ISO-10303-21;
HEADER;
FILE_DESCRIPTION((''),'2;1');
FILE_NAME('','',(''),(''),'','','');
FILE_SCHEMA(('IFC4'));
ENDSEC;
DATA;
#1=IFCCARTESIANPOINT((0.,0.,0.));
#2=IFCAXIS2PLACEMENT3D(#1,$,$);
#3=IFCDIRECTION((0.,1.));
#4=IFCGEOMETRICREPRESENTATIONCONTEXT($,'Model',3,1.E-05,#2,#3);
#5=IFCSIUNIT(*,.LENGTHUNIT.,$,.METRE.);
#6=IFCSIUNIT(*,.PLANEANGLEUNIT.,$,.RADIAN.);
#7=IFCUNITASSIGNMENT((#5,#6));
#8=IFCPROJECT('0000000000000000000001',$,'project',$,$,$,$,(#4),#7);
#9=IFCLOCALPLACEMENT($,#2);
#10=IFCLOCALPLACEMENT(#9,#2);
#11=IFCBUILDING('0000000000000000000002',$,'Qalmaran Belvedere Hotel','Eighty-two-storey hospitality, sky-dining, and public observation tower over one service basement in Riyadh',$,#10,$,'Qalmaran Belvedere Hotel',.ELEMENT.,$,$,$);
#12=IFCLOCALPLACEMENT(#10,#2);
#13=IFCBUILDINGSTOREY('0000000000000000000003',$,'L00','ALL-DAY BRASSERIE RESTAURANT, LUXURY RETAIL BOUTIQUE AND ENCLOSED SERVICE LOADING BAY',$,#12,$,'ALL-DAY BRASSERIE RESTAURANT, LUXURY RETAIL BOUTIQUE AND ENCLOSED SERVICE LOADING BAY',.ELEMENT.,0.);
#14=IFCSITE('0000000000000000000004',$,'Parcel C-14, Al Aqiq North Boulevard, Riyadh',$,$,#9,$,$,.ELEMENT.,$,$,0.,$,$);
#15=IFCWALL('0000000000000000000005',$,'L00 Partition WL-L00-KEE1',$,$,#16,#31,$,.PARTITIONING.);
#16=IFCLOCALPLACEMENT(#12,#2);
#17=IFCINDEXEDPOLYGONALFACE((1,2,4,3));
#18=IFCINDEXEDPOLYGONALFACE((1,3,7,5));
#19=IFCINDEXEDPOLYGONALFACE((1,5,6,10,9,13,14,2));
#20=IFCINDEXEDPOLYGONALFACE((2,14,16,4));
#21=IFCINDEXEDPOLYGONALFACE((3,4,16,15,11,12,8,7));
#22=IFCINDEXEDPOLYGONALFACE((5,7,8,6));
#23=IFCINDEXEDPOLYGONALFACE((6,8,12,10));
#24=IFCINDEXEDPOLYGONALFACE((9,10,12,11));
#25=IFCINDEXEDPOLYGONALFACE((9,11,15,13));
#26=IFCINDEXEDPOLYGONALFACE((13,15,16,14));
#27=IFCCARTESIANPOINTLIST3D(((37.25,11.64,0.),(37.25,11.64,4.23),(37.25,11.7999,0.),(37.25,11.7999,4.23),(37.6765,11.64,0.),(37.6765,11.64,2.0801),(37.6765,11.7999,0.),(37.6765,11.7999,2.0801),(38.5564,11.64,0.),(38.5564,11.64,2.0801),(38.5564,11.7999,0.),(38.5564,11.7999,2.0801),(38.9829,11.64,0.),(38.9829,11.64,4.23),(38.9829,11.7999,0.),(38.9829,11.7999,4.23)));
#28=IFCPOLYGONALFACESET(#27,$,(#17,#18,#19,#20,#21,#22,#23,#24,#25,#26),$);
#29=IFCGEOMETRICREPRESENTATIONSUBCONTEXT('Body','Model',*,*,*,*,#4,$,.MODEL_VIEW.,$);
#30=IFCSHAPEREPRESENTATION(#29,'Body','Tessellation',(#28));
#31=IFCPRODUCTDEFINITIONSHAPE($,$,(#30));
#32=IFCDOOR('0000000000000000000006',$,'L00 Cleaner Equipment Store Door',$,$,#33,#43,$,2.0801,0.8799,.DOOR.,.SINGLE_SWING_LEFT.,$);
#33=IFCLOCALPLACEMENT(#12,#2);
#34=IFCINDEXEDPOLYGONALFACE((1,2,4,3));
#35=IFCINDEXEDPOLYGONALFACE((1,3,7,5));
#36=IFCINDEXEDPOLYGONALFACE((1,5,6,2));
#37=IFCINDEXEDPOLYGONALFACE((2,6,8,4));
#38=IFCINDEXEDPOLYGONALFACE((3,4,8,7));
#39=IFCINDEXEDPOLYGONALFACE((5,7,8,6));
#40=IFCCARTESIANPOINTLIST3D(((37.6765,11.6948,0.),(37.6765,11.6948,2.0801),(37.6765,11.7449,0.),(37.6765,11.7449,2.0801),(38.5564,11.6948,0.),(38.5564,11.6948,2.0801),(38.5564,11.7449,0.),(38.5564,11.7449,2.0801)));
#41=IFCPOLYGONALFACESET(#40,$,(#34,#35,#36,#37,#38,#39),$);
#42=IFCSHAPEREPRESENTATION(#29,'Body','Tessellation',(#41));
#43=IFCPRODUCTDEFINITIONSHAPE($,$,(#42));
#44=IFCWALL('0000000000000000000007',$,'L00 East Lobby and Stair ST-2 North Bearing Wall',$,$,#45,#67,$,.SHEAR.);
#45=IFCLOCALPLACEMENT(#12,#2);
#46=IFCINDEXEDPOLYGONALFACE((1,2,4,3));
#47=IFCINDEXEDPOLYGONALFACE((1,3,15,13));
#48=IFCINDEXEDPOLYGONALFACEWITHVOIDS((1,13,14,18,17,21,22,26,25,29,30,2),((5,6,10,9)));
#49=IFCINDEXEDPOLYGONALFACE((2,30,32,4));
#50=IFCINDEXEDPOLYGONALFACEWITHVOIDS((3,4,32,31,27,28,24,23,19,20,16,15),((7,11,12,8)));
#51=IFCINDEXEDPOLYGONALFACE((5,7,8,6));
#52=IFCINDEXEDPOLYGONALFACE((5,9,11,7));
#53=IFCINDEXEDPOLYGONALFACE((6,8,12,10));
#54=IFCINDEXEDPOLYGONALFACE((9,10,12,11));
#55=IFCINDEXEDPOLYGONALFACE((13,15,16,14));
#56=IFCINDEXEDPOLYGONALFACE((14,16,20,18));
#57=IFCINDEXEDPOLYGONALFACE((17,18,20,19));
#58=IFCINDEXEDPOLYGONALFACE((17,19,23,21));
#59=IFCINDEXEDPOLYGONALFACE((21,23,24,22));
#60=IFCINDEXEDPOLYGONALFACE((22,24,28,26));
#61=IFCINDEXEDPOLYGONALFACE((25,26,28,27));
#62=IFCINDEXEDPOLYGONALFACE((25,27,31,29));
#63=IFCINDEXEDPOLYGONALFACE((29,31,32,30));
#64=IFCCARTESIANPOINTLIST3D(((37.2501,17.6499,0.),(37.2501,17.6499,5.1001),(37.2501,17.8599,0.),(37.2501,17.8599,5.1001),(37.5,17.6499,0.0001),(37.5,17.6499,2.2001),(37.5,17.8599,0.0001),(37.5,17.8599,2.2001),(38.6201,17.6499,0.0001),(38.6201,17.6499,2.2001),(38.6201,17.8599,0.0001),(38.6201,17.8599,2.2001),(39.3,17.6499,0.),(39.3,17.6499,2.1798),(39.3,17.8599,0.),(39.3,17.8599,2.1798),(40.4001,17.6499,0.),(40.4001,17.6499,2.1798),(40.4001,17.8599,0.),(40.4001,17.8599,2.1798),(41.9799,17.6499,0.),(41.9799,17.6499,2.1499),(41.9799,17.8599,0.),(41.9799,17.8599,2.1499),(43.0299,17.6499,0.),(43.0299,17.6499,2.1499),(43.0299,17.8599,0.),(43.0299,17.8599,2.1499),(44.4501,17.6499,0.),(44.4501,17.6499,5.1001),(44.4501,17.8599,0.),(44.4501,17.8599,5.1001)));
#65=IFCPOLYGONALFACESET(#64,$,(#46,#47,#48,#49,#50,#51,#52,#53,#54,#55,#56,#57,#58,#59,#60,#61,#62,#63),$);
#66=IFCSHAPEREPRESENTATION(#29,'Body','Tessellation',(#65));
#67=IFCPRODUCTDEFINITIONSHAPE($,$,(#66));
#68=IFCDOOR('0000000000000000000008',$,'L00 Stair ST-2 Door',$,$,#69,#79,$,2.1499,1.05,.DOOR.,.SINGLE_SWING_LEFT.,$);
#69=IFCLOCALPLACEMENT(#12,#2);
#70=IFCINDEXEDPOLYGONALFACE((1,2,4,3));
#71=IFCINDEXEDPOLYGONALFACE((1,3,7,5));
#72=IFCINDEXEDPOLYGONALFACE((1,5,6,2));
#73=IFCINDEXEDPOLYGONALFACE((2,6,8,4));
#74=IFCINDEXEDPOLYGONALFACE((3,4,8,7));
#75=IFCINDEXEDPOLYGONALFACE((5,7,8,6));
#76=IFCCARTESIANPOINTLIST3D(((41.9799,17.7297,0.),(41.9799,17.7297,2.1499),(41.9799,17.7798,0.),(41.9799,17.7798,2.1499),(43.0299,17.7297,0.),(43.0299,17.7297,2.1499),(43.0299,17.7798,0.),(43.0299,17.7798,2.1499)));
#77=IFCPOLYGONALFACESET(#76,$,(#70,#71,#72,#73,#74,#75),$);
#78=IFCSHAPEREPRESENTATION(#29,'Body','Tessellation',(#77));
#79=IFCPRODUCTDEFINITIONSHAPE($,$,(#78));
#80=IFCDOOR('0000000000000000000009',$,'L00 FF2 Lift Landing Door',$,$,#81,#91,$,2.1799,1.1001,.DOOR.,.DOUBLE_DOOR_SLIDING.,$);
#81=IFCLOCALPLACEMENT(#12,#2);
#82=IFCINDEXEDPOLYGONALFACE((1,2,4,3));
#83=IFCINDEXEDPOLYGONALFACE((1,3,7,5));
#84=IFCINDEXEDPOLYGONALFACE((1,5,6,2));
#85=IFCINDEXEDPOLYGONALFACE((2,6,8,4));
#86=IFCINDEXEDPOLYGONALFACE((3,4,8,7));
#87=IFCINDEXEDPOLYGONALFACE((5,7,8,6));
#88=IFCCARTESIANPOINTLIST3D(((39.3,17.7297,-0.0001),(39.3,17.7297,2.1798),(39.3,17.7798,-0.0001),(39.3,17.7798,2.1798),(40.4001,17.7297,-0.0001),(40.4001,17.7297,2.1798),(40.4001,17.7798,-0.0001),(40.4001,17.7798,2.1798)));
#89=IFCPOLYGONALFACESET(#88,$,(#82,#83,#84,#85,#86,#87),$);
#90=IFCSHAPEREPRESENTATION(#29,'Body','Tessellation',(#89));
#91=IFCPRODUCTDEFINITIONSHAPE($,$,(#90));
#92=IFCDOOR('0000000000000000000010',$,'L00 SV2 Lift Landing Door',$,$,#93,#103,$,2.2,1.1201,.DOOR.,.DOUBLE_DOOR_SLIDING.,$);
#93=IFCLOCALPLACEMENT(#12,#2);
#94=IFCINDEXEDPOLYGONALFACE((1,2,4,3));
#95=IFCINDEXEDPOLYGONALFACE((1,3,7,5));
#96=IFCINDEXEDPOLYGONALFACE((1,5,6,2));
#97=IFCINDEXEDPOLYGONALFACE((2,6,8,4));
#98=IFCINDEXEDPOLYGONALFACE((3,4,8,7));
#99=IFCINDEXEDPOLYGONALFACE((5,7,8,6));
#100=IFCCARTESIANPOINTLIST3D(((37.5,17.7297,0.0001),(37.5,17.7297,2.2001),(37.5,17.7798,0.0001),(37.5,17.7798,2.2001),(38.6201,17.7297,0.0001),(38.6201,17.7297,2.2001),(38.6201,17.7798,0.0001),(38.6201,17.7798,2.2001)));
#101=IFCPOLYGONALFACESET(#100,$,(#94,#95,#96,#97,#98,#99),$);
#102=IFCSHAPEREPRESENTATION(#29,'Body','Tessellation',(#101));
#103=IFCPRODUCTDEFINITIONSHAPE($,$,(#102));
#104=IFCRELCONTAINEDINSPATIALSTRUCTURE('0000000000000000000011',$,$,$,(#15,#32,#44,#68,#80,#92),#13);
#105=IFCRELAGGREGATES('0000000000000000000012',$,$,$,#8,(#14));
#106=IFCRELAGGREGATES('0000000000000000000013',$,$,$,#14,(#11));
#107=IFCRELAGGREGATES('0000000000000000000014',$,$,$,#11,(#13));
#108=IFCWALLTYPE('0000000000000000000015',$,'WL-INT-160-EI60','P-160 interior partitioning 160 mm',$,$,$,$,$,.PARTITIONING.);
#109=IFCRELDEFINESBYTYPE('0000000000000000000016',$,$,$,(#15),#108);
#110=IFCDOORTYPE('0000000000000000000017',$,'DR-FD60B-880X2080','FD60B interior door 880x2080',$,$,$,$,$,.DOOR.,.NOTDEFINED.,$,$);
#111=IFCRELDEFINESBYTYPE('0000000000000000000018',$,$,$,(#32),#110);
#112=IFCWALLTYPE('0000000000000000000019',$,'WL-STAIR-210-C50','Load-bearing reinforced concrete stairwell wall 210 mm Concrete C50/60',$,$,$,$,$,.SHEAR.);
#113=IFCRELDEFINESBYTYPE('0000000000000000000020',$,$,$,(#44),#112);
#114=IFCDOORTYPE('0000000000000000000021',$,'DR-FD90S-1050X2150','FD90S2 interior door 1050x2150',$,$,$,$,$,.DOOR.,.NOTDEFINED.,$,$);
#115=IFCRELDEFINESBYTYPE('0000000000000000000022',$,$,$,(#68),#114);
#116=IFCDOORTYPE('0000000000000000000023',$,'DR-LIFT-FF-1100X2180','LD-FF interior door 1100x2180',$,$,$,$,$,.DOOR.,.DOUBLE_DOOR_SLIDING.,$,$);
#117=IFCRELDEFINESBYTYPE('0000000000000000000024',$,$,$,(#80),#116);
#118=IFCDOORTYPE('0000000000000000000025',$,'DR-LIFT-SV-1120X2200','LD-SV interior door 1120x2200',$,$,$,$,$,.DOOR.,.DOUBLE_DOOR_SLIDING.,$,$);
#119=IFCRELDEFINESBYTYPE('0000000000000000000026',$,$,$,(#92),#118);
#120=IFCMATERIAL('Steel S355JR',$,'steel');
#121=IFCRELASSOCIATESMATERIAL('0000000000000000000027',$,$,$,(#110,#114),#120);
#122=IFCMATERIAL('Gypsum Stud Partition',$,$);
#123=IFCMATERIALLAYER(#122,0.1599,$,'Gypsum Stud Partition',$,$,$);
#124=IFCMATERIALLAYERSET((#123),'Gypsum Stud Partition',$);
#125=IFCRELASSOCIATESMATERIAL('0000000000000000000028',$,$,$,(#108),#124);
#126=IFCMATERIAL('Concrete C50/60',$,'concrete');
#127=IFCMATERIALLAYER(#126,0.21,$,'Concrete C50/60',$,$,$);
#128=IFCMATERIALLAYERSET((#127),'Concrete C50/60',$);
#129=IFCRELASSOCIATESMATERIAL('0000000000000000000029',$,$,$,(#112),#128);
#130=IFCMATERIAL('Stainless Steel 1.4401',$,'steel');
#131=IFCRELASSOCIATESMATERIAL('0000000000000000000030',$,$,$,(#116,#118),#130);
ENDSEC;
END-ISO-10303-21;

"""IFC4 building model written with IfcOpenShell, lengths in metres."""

from ifc_helpers import new_model, si_unit, direction, frame, frame_2d, origin, place, context, subcontext, project, spatial, rectangle, extrude, material, layer, layer_set, type_object, element, fill, save


model = new_model("IFC4")

# Units and contexts
model_context = context("Model", 3, precision=1e-05, world=origin(), true_north=direction((0.0, 1.0)))
body_context = subcontext(model_context, "Body", "Model", "MODEL_VIEW")
ifc_project = project(units=[si_unit("LENGTHUNIT", "METRE"), si_unit("PLANEANGLEUNIT", "RADIAN")], contexts=[model_context])

# Site, building, storey
site_placement = place(None, origin())
site = spatial("IfcSite", under=ifc_project, at=site_placement, Name="Parcel C-14, Al Aqiq North Boulevard, Riyadh", CompositionType="ELEMENT", RefElevation=0.0)
building_placement = place(site_placement, origin())
building = spatial("IfcBuilding", under=site, at=building_placement, Name="Qalmaran Belvedere Hotel", Description="Eighty-two-storey hospitality, sky-dining, and public observation tower over one service basement in Riyadh", LongName="Qalmaran Belvedere Hotel", CompositionType="ELEMENT")
storey_placement = place(building_placement, origin())
storey = spatial("IfcBuildingStorey", under=building, at=storey_placement, Name="L00", Description="ALL-DAY BRASSERIE RESTAURANT, LUXURY RETAIL BOUTIQUE AND ENCLOSED SERVICE LOADING BAY", LongName="ALL-DAY BRASSERIE RESTAURANT, LUXURY RETAIL BOUTIQUE AND ENCLOSED SERVICE LOADING BAY", CompositionType="ELEMENT", Elevation=0.0)

# Shared definitions
ifc_material_1 = material(Name="Gypsum Stud Partition")

# Shared definitions
ifc_material_2 = material(Name="Steel S355JR", Category="steel")
door_type_1 = type_object("IfcDoorType", Name="DR-FD60B-880X2080", Description="FD60B interior door 880x2080", OperationType="NOTDEFINED", PredefinedType="DOOR", material=ifc_material_2)
ifc_material_3 = material(Name="Stainless Steel 1.4401", Category="steel")

# Wall, opening, door
ifc_layer_1 = layer(ifc_material_1, 0.1599, Name="Gypsum Stud Partition")
ifc_layer_set_1 = layer_set([ifc_layer_1], Name="Gypsum Stud Partition")
wall_type_1 = type_object("IfcWallType", Name="WL-INT-160-EI60", Description="P-160 interior partitioning 160 mm", PredefinedType="PARTITIONING", material=ifc_layer_set_1)
wall_1_placement = place(storey_placement, frame((37.25, 11.72, 0.0), z_axis=(0.0, 0.0, 1.0), x_axis=(1.0, 0.0, 0.0)))
wall_1 = element("IfcWall", 1, at=wall_1_placement, inside=storey, type_object=wall_type_1, Name="L00 Partition WL-L00-KEE1", PredefinedType="PARTITIONING", context=body_context, shape_type="SweptSolid", body=[
    extrude(rectangle(XDim=1.7329, YDim=0.1599, at=frame_2d((0.8665, 0.0))), origin(), (0.0, 0.0, 1.0), 4.23),
])
opening_1_placement = place(wall_1_placement, frame((0.4265, 0.0, 0.0)))
opening_1 = element("IfcOpeningElement", 2, at=opening_1_placement, cuts=wall_1, PredefinedType="OPENING", context=body_context, shape_type="SweptSolid", body=[
    extrude(rectangle(XDim=0.8799, YDim=2.0801, at=frame_2d((0.4399, 1.04))), frame((0.0, 0.0898, 0.0), z_axis=(0.0, -1.0, 0.0), x_axis=(1.0, 0.0, 0.0)), (0.0, 0.0, 1.0), 0.1799),
])
door_1_placement = place(opening_1_placement, origin())
door_1 = element("IfcDoor", 3, at=door_1_placement, inside=storey, type_object=door_type_1, Name="L00 Cleaner Equipment Store Door", OperationType="SINGLE_SWING_LEFT", OverallHeight=2.0801, OverallWidth=0.8799, PredefinedType="DOOR", context=body_context, shape_type="SweptSolid", body=[
    extrude(rectangle(XDim=0.8799, YDim=2.0801, at=frame_2d((0.4399, 1.04))), frame((0.0, 0.0249, 0.0), z_axis=(0.0, -1.0, 0.0), x_axis=(1.0, 0.0, 0.0)), (0.0, 0.0, 1.0), 0.05),
])
fill(opening_1, door_1)

# Wall, openings, doors
ifc_material_4 = material(Name="Concrete C50/60", Category="concrete")
ifc_layer_2 = layer(ifc_material_4, 0.21, Name="Concrete C50/60")
ifc_layer_set_2 = layer_set([ifc_layer_2], Name="Concrete C50/60")
wall_type_2 = type_object("IfcWallType", Name="WL-STAIR-210-C50", Description="Load-bearing reinforced concrete stairwell wall 210 mm Concrete C50/60", PredefinedType="SHEAR", material=ifc_layer_set_2)
wall_2_placement = place(storey_placement, frame((37.25, 17.7549, 0.0), z_axis=(0.0, 0.0, 1.0), x_axis=(1.0, 0.0, 0.0)))
wall_2 = element("IfcWall", 4, at=wall_2_placement, inside=storey, type_object=wall_type_2, Name="L00 East Lobby and Stair ST-2 North Bearing Wall", PredefinedType="SHEAR", context=body_context, shape_type="SweptSolid", body=[
    extrude(rectangle(XDim=7.2, YDim=0.21, at=frame_2d((3.6001, 0.0))), origin(), (0.0, 0.0, 1.0), 5.1001),
])
opening_2_placement = place(wall_2_placement, frame((0.25, 0.0, 0.0)))
opening_2 = element("IfcOpeningElement", 5, at=opening_2_placement, cuts=wall_2, PredefinedType="OPENING", context=body_context, shape_type="SweptSolid", body=[
    extrude(rectangle(XDim=1.1201, YDim=2.2, at=frame_2d((0.5601, 1.1001))), frame((0.0, 0.115, 0.0), z_axis=(0.0, -1.0, 0.0), x_axis=(1.0, 0.0, 0.0)), (0.0, 0.0, 1.0), 0.23),
])
opening_3_placement = place(wall_2_placement, frame((2.05, 0.0, 0.0)))
opening_3 = element("IfcOpeningElement", 6, at=opening_3_placement, cuts=wall_2, PredefinedType="OPENING", context=body_context, shape_type="SweptSolid", body=[
    extrude(rectangle(XDim=1.1001, YDim=2.1799, at=frame_2d((0.55, 1.0898))), frame((0.0, 0.115, 0.0), z_axis=(0.0, -1.0, 0.0), x_axis=(1.0, 0.0, 0.0)), (0.0, 0.0, 1.0), 0.23),
])
opening_4_placement = place(wall_2_placement, frame((4.73, 0.0, 0.0)))
opening_4 = element("IfcOpeningElement", 7, at=opening_4_placement, cuts=wall_2, PredefinedType="OPENING", context=body_context, shape_type="SweptSolid", body=[
    extrude(rectangle(XDim=1.05, YDim=2.1499, at=frame_2d((0.5249, 1.075))), frame((0.0, 0.115, 0.0), z_axis=(0.0, -1.0, 0.0), x_axis=(1.0, 0.0, 0.0)), (0.0, 0.0, 1.0), 0.23),
])
door_type_2 = type_object("IfcDoorType", Name="DR-FD90S-1050X2150", Description="FD90S2 interior door 1050x2150", OperationType="NOTDEFINED", PredefinedType="DOOR", material=ifc_material_2)
door_2_placement = place(opening_4_placement, origin())
door_2 = element("IfcDoor", 8, at=door_2_placement, inside=storey, type_object=door_type_2, Name="L00 Stair ST-2 Door", OperationType="SINGLE_SWING_LEFT", OverallHeight=2.1499, OverallWidth=1.05, PredefinedType="DOOR", context=body_context, shape_type="SweptSolid", body=[
    extrude(rectangle(XDim=1.05, YDim=2.1499, at=frame_2d((0.5249, 1.075))), frame((0.0, 0.0249, 0.0), z_axis=(0.0, -1.0, 0.0), x_axis=(1.0, 0.0, 0.0)), (0.0, 0.0, 1.0), 0.05),
])
fill(opening_4, door_2)
door_type_3 = type_object("IfcDoorType", Name="DR-LIFT-FF-1100X2180", Description="LD-FF interior door 1100x2180", OperationType="DOUBLE_DOOR_SLIDING", PredefinedType="DOOR", material=ifc_material_3)
door_3_placement = place(opening_3_placement, origin())
door_3 = element("IfcDoor", 9, at=door_3_placement, inside=storey, type_object=door_type_3, Name="L00 FF2 Lift Landing Door", OperationType="DOUBLE_DOOR_SLIDING", OverallHeight=2.1799, OverallWidth=1.1001, PredefinedType="DOOR", context=body_context, shape_type="SweptSolid", body=[
    extrude(rectangle(XDim=1.1001, YDim=2.1799, at=frame_2d((0.55, 1.0898))), frame((0.0, 0.0249, 0.0), z_axis=(0.0, -1.0, 0.0), x_axis=(1.0, 0.0, 0.0)), (0.0, 0.0, 1.0), 0.05),
])
fill(opening_3, door_3)
door_type_4 = type_object("IfcDoorType", Name="DR-LIFT-SV-1120X2200", Description="LD-SV interior door 1120x2200", OperationType="DOUBLE_DOOR_SLIDING", PredefinedType="DOOR", material=ifc_material_3)
door_4_placement = place(opening_2_placement, origin())
door_4 = element("IfcDoor", 10, at=door_4_placement, inside=storey, type_object=door_type_4, Name="L00 SV2 Lift Landing Door", OperationType="DOUBLE_DOOR_SLIDING", OverallHeight=2.2, OverallWidth=1.1201, PredefinedType="DOOR", context=body_context, shape_type="SweptSolid", body=[
    extrude(rectangle(XDim=1.1201, YDim=2.2, at=frame_2d((0.5601, 1.1001))), frame((0.0, 0.0249, 0.0), z_axis=(0.0, -1.0, 0.0), x_axis=(1.0, 0.0, 0.0)), (0.0, 0.0, 1.0), 0.05),
])
fill(opening_2, door_4)

save(model, "model.ifc")
